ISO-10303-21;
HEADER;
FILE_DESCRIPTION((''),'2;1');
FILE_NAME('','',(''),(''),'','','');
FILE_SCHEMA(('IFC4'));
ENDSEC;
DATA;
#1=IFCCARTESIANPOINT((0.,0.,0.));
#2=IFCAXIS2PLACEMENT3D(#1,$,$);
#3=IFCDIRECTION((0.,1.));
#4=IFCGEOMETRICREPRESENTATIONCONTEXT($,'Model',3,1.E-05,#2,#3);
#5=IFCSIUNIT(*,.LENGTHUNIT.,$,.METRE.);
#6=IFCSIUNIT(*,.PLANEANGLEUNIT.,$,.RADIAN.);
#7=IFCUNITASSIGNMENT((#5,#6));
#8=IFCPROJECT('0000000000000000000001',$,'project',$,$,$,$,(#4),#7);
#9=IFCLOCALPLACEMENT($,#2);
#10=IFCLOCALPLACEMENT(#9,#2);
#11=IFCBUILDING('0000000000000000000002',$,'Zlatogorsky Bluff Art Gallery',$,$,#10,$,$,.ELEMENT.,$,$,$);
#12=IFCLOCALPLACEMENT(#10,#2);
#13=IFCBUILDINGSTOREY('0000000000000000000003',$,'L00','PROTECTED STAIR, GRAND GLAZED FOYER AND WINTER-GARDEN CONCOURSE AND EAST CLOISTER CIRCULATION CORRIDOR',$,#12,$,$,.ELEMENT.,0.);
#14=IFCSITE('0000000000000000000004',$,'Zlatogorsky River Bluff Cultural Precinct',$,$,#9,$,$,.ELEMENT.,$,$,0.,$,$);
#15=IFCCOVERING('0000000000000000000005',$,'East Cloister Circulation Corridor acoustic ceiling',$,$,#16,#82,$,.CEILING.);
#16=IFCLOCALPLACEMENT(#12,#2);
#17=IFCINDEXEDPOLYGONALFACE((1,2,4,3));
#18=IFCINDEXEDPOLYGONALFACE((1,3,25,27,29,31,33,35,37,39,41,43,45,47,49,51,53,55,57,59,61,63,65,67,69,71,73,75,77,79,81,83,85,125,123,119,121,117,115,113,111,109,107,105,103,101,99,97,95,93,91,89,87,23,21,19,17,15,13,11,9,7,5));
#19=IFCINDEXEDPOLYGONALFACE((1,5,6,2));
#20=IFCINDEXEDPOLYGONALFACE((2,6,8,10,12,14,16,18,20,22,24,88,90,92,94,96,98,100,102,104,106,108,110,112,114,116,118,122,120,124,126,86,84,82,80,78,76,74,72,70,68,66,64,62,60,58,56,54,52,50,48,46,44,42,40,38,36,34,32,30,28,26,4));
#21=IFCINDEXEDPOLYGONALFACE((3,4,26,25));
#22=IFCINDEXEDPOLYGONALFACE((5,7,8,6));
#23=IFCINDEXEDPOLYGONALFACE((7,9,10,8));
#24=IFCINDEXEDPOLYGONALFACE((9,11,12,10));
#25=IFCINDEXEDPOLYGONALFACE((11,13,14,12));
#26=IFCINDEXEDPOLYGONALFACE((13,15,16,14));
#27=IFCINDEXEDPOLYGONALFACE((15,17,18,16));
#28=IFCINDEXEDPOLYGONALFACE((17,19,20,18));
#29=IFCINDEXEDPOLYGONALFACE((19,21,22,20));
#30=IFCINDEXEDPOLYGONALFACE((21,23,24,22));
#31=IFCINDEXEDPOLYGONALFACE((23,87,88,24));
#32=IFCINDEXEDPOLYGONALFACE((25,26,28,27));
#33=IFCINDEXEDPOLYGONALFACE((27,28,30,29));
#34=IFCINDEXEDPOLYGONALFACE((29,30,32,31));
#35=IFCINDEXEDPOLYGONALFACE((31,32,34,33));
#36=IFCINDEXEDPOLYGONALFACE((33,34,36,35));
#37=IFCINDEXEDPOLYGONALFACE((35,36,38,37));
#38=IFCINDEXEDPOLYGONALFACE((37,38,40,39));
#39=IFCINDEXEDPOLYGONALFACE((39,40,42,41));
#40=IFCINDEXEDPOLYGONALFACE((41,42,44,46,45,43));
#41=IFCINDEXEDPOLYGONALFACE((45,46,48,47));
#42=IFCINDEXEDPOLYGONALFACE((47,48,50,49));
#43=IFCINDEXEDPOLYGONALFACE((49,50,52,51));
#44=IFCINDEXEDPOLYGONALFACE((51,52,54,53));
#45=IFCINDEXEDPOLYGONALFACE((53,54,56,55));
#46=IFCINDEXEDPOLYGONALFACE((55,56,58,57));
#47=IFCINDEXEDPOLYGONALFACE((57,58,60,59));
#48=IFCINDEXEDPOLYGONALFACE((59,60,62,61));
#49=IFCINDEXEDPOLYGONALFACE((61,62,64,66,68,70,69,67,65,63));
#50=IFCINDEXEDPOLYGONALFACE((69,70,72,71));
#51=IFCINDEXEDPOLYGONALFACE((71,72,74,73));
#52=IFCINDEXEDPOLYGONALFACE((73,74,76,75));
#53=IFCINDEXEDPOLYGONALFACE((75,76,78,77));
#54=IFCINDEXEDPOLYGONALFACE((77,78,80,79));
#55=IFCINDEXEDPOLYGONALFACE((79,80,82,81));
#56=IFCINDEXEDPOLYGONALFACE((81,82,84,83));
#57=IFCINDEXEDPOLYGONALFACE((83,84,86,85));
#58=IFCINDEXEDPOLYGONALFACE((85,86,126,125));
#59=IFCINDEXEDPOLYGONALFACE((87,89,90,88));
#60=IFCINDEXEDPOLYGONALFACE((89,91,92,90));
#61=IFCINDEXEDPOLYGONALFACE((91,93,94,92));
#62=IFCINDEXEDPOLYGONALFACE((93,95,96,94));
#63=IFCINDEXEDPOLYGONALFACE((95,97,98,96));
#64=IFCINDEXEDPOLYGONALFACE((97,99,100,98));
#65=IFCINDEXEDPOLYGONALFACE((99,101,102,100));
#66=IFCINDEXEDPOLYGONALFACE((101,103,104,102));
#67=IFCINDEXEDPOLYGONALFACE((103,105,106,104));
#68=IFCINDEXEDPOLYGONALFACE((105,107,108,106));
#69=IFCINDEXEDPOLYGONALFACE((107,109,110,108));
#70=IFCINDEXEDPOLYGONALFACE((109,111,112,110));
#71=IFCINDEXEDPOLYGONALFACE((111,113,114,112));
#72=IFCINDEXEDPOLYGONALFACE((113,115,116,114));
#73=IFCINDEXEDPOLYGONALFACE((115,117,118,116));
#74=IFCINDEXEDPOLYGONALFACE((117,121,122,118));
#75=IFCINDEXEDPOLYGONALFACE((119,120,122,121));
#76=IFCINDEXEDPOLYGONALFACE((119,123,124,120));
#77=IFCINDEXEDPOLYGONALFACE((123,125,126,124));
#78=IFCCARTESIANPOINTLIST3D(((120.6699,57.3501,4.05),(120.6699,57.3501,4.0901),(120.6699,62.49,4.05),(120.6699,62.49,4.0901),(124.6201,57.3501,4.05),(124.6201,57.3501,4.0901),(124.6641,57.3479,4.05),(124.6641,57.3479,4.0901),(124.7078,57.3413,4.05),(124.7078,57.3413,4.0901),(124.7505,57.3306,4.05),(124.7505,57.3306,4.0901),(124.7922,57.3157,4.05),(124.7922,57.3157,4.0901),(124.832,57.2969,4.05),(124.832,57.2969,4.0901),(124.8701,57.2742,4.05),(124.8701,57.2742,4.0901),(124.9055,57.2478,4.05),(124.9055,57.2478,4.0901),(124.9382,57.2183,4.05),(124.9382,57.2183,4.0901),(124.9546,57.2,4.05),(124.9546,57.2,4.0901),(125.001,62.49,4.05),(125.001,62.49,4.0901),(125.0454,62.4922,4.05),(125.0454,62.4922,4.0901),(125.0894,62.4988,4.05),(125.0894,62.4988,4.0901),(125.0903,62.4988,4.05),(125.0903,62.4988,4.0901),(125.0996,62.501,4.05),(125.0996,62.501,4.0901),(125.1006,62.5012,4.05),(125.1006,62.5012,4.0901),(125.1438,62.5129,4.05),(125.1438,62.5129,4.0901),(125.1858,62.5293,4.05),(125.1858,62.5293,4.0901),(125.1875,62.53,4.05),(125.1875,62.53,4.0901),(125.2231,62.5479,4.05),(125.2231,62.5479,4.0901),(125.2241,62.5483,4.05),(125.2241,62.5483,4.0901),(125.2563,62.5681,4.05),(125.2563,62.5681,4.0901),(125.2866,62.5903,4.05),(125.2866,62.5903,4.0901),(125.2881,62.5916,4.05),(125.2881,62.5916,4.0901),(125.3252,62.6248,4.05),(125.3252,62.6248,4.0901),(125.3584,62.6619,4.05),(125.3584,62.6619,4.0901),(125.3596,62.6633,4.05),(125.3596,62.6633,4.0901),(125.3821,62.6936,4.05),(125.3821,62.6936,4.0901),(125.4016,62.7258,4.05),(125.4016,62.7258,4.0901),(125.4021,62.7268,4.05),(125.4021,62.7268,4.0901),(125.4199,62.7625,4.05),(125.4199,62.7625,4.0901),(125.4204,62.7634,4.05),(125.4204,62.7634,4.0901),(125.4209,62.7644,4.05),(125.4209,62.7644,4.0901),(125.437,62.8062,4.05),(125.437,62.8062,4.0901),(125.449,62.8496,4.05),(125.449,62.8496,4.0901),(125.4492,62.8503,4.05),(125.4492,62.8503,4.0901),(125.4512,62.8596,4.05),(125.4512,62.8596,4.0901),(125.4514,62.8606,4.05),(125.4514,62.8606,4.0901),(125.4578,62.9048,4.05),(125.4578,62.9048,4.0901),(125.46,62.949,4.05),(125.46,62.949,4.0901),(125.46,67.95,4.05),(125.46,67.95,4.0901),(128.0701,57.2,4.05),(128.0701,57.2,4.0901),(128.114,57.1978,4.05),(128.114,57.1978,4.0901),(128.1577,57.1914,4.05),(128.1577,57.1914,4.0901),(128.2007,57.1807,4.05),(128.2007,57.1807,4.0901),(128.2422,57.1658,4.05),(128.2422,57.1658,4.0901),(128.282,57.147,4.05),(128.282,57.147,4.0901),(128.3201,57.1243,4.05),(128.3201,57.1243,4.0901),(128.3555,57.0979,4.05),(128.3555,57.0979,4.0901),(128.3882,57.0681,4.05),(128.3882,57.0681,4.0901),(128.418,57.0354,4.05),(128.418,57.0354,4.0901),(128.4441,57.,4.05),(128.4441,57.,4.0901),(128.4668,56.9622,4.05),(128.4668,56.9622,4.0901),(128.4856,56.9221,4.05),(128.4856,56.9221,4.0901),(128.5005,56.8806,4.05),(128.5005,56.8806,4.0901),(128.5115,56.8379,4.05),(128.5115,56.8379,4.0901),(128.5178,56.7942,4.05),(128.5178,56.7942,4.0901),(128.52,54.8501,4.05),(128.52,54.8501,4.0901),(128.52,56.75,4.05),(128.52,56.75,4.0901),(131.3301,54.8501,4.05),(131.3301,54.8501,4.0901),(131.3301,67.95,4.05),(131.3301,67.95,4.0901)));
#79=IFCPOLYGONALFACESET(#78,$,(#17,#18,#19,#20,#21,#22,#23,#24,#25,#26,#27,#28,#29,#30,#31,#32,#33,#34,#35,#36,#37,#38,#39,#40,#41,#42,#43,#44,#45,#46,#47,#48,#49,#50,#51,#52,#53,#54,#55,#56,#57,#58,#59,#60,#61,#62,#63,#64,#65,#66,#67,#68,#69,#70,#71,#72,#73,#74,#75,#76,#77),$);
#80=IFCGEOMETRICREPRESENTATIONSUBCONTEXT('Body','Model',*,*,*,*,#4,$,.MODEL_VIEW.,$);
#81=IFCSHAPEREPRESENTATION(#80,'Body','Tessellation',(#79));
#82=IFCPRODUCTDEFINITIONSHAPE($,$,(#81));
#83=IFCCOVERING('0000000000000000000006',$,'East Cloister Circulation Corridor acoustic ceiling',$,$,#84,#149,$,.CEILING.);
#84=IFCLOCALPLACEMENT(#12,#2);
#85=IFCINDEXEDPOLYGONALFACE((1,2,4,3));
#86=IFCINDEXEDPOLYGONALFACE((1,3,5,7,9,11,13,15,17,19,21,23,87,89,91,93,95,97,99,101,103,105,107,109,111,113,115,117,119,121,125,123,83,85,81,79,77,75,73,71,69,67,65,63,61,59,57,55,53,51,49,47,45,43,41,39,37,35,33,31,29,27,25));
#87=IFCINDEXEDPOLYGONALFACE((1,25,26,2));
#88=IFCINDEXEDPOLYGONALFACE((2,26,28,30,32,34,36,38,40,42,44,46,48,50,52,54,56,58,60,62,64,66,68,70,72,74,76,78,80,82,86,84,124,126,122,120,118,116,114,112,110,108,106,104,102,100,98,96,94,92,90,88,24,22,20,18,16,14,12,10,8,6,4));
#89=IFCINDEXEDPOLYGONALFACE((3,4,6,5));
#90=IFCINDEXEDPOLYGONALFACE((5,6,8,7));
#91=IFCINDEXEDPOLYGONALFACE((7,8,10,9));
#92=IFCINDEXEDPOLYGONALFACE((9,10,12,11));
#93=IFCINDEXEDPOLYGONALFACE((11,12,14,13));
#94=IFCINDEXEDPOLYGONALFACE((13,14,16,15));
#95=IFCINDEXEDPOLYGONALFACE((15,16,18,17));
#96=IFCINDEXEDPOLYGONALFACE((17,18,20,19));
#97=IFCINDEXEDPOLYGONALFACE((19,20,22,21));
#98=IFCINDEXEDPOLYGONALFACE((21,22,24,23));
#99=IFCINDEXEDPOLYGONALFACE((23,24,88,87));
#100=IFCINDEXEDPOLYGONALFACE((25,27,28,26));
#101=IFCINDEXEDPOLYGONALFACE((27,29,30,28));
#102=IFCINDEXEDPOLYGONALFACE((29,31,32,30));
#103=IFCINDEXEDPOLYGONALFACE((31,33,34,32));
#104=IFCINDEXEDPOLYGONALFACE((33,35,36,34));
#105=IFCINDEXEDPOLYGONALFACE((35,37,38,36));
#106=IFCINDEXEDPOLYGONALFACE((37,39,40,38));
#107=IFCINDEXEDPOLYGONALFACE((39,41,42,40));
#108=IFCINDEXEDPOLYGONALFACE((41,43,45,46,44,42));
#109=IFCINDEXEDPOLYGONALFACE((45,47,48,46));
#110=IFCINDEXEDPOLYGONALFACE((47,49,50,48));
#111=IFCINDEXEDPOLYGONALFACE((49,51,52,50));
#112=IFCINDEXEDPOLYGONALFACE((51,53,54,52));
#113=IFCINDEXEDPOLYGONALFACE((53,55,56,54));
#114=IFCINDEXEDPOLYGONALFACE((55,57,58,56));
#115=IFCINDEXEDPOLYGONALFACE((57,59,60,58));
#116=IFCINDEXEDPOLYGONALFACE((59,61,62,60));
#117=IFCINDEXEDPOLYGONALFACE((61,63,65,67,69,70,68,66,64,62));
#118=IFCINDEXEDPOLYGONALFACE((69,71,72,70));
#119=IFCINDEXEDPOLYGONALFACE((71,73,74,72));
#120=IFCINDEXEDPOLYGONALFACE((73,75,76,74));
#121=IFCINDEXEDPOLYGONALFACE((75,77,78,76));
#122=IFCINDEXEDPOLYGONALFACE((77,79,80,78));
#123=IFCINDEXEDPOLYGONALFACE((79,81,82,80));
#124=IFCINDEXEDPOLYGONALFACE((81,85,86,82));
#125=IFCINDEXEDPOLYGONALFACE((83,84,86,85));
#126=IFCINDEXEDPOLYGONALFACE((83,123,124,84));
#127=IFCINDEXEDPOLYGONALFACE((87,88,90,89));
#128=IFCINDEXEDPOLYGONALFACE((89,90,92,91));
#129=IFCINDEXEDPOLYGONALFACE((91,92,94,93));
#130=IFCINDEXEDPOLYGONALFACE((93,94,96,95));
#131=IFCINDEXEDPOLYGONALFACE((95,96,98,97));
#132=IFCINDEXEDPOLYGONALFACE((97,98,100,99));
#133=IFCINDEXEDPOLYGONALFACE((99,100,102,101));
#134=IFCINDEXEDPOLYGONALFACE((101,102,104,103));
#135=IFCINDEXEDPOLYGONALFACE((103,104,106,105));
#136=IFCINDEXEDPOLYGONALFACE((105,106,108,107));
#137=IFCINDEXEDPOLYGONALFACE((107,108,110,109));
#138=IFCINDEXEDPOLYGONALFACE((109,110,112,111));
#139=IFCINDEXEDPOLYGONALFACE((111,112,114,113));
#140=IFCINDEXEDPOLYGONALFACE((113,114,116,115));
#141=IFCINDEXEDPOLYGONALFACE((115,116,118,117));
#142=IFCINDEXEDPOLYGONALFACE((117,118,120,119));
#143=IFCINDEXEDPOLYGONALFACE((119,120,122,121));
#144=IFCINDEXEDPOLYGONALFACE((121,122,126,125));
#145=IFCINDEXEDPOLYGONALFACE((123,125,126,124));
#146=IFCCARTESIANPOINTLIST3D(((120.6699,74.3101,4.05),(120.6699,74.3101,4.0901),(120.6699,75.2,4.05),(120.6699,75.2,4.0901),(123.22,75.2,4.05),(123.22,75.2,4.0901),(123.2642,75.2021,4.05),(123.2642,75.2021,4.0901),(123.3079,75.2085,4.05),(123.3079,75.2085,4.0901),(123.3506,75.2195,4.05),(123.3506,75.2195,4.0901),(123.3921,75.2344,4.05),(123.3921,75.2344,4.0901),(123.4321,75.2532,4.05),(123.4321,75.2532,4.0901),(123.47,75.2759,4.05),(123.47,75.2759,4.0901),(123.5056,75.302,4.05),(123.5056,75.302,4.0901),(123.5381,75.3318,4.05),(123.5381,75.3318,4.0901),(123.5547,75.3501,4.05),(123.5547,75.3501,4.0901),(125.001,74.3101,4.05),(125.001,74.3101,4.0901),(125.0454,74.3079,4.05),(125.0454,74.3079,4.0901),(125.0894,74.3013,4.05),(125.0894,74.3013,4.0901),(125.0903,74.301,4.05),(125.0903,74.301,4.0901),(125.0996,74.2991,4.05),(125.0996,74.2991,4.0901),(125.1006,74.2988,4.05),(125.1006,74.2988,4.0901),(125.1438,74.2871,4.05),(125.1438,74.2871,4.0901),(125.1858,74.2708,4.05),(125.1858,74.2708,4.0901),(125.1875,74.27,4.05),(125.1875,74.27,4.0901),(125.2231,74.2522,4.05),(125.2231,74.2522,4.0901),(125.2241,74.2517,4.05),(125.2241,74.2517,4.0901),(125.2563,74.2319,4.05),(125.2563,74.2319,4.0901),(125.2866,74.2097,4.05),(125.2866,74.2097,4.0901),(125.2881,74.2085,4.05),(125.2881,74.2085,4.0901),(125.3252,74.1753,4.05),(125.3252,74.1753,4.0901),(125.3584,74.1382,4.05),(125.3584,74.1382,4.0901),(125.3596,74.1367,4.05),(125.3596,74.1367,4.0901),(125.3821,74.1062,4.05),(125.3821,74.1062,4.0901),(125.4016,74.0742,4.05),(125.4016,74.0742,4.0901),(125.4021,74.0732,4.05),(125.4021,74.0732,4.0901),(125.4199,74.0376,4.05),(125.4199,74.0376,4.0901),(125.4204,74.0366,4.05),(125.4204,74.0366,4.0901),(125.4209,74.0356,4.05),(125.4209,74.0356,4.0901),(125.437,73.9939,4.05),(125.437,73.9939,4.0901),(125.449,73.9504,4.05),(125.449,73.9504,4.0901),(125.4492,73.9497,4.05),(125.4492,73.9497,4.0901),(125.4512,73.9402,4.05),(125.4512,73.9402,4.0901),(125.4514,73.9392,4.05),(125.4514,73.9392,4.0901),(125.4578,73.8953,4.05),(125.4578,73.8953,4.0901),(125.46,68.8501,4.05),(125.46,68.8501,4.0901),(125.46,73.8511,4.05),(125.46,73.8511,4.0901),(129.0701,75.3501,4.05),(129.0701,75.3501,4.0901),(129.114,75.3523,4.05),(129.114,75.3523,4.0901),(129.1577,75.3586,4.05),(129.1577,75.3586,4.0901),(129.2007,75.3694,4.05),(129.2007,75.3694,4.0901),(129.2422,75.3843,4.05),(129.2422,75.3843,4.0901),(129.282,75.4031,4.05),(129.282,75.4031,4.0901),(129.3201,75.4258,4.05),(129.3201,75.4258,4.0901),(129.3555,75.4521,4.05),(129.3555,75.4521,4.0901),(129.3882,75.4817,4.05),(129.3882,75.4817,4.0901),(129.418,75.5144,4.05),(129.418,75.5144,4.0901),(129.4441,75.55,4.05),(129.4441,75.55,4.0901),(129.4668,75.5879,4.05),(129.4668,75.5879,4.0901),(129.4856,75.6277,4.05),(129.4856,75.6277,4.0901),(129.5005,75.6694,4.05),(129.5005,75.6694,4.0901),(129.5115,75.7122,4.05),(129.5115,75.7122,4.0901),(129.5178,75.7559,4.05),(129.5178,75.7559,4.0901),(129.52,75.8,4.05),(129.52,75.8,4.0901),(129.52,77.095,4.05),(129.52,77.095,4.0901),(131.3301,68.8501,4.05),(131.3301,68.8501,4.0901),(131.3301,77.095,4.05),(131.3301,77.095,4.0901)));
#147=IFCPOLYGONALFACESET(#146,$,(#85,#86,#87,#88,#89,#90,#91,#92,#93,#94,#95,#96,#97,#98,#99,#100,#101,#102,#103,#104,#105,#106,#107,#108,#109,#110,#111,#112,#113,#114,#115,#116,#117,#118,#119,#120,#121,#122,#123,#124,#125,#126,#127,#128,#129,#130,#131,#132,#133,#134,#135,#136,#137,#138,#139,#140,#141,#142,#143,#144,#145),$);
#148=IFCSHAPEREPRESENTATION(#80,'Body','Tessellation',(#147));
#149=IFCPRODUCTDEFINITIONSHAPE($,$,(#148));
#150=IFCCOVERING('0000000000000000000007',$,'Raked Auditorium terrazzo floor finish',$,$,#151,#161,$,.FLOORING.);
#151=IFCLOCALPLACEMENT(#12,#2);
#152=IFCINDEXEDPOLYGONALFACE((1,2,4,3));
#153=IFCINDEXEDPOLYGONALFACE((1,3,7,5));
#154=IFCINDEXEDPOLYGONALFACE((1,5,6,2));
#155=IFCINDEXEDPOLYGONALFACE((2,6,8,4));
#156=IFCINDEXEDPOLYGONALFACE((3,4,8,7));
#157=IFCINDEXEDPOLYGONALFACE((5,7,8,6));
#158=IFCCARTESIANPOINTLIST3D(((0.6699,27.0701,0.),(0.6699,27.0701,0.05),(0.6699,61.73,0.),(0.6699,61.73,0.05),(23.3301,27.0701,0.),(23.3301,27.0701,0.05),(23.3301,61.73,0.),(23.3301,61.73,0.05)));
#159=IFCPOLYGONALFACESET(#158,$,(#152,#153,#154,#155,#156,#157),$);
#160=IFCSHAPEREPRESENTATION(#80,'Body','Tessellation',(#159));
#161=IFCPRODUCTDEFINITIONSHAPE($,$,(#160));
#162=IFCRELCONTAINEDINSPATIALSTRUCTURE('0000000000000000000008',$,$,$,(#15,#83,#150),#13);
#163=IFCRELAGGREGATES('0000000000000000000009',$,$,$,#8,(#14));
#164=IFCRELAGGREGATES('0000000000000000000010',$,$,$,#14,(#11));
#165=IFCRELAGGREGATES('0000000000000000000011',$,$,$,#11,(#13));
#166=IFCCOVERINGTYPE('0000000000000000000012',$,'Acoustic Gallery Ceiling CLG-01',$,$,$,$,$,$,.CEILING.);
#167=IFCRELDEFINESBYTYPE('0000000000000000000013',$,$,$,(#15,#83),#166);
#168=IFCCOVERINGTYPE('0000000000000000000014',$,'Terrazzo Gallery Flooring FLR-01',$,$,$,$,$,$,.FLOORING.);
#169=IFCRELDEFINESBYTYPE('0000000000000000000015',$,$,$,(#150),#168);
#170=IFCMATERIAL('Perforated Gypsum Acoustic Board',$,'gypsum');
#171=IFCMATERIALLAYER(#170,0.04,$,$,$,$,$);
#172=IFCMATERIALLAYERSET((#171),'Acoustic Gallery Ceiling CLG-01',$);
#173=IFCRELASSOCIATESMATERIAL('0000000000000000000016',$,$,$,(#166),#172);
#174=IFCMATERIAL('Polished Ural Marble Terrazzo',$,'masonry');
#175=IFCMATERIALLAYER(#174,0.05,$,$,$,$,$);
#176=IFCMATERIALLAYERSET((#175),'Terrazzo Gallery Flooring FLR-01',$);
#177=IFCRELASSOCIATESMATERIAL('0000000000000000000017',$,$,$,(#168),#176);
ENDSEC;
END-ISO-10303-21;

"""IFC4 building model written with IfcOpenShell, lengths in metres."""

from ifc_helpers import new_model, si_unit, direction, frame, origin, place, context, subcontext, project, spatial, polyline, outline, extrude, material, layer, layer_set, type_object, element, save


model = new_model("IFC4")

# Units and contexts
model_context = context("Model", 3, precision=1e-05, world=origin(), true_north=direction((0.0, 1.0)))
body_context = subcontext(model_context, "Body", "Model", "MODEL_VIEW")
ifc_project = project(units=[si_unit("LENGTHUNIT", "METRE"), si_unit("PLANEANGLEUNIT", "RADIAN")], contexts=[model_context])

# Site, building, storey
site_placement = place(None, origin())
site = spatial("IfcSite", under=ifc_project, at=site_placement, Name="Zlatogorsky River Bluff Cultural Precinct", CompositionType="ELEMENT", RefElevation=0.0)
building_placement = place(site_placement, origin())
building = spatial("IfcBuilding", under=site, at=building_placement, Name="Zlatogorsky Bluff Art Gallery", CompositionType="ELEMENT")
storey_placement = place(building_placement, origin())
storey = spatial("IfcBuildingStorey", under=building, at=storey_placement, Name="L00", Description="PROTECTED STAIR, GRAND GLAZED FOYER AND WINTER-GARDEN CONCOURSE AND EAST CLOISTER CIRCULATION CORRIDOR", CompositionType="ELEMENT", Elevation=0.0)

# Coverings
ifc_material_1 = material(Name="Perforated Gypsum Acoustic Board", Category="gypsum")
ifc_layer_1 = layer(ifc_material_1, 0.04)
ifc_layer_set_1 = layer_set([ifc_layer_1], Name="Acoustic Gallery Ceiling CLG-01")
covering_type_1 = type_object("IfcCoveringType", Name="Acoustic Gallery Ceiling CLG-01", PredefinedType="CEILING", material=ifc_layer_set_1)
covering_1_placement = place(storey_placement, frame((0.0, 0.0, 4.05)))
element("IfcCovering", 1, at=covering_1_placement, inside=storey, type_object=covering_type_1, Name="East Cloister Circulation Corridor acoustic ceiling", PredefinedType="CEILING", context=body_context, shape_type="SweptSolid", body=[
    extrude(outline(polyline([(120.6699, 62.49), (125.001, 62.49), (125.0454, 62.4922), (125.0894, 62.4988), (125.0903, 62.4988), (125.0996, 62.501), (125.1006, 62.5012), (125.1438, 62.5129), (125.1858, 62.5293), (125.1875, 62.53), (125.2231, 62.5479), (125.2241, 62.5483), (125.2563, 62.5681), (125.2866, 62.5903), (125.2881, 62.5916), (125.3252, 62.6248), (125.3584, 62.6619), (125.3596, 62.6633), (125.3821, 62.6936), (125.4016, 62.7258), (125.4021, 62.7268), (125.4199, 62.7625), (125.4204, 62.7634), (125.4209, 62.7644), (125.437, 62.8062), (125.449, 62.8496), (125.4492, 62.8503), (125.4512, 62.8596), (125.4514, 62.8606), (125.4578, 62.9048), (125.46, 62.949), (125.46, 67.95), (131.3301, 67.95), (131.3301, 54.8501), (128.52, 54.8501), (128.52, 56.75), (128.5178, 56.7942), (128.5115, 56.8379), (128.5005, 56.8806), (128.4856, 56.9221), (128.4668, 56.9622), (128.4441, 57.0), (128.418, 57.0354), (128.3882, 57.0681), (128.3555, 57.0979), (128.3201, 57.1243), (128.282, 57.147), (128.2422, 57.1658), (128.2007, 57.1807), (128.1577, 57.1914), (128.114, 57.1978), (128.0701, 57.2), (124.9546, 57.2), (124.9382, 57.2183), (124.9055, 57.2478), (124.8701, 57.2742), (124.832, 57.2969), (124.7922, 57.3157), (124.7505, 57.3306), (124.7078, 57.3413), (124.6641, 57.3479), (124.6201, 57.3501), (120.6699, 57.3501), (120.6699, 62.49)])), origin(), (0.0, 0.0, 1.0), 0.04),
])
covering_2_placement = place(storey_placement, frame((0.0, 0.0, 4.05)))
element("IfcCovering", 2, at=covering_2_placement, inside=storey, type_object=covering_type_1, Name="East Cloister Circulation Corridor acoustic ceiling", PredefinedType="CEILING", context=body_context, shape_type="SweptSolid", body=[
    extrude(outline(polyline([(123.22, 75.2), (123.2642, 75.2021), (123.3079, 75.2085), (123.3506, 75.2195), (123.3921, 75.2344), (123.4321, 75.2532), (123.47, 75.2759), (123.5056, 75.302), (123.5381, 75.3318), (123.5547, 75.3501), (129.0701, 75.3501), (129.114, 75.3523), (129.1577, 75.3586), (129.2007, 75.3694), (129.2422, 75.3843), (129.282, 75.4031), (129.3201, 75.4258), (129.3555, 75.4521), (129.3882, 75.4817), (129.418, 75.5144), (129.4441, 75.55), (129.4668, 75.5879), (129.4856, 75.6277), (129.5005, 75.6694), (129.5115, 75.7122), (129.5178, 75.7559), (129.52, 75.8), (129.52, 77.095), (131.3301, 77.095), (131.3301, 68.8501), (125.46, 68.8501), (125.46, 73.8511), (125.4578, 73.8953), (125.4514, 73.9392), (125.4512, 73.9402), (125.4492, 73.9497), (125.449, 73.9504), (125.437, 73.9939), (125.4209, 74.0356), (125.4204, 74.0366), (125.4199, 74.0376), (125.4021, 74.0732), (125.4016, 74.0742), (125.3821, 74.1062), (125.3596, 74.1367), (125.3584, 74.1382), (125.3252, 74.1753), (125.2881, 74.2085), (125.2866, 74.2097), (125.2563, 74.2319), (125.2241, 74.2517), (125.2231, 74.2522), (125.1875, 74.27), (125.1858, 74.2708), (125.1438, 74.2871), (125.1006, 74.2988), (125.0996, 74.2991), (125.0903, 74.301), (125.0894, 74.3013), (125.0454, 74.3079), (125.001, 74.3101), (120.6699, 74.3101), (120.6699, 75.2), (123.22, 75.2)])), origin(), (0.0, 0.0, 1.0), 0.04),
])
ifc_material_2 = material(Name="Polished Ural Marble Terrazzo", Category="masonry")
ifc_layer_2 = layer(ifc_material_2, 0.05)
ifc_layer_set_2 = layer_set([ifc_layer_2], Name="Terrazzo Gallery Flooring FLR-01")
covering_type_2 = type_object("IfcCoveringType", Name="Terrazzo Gallery Flooring FLR-01", PredefinedType="FLOORING", material=ifc_layer_set_2)
covering_3_placement = place(storey_placement, origin())
element("IfcCovering", 3, at=covering_3_placement, inside=storey, type_object=covering_type_2, Name="Raked Auditorium terrazzo floor finish", PredefinedType="FLOORING", context=body_context, shape_type="SweptSolid", body=[
    extrude(outline(polyline([(23.3301, 61.73), (23.3301, 27.0701), (0.6699, 27.0701), (0.6699, 61.73), (23.3301, 61.73)])), origin(), (0.0, 0.0, 1.0), 0.05),
])

save(model, "model.ifc")
